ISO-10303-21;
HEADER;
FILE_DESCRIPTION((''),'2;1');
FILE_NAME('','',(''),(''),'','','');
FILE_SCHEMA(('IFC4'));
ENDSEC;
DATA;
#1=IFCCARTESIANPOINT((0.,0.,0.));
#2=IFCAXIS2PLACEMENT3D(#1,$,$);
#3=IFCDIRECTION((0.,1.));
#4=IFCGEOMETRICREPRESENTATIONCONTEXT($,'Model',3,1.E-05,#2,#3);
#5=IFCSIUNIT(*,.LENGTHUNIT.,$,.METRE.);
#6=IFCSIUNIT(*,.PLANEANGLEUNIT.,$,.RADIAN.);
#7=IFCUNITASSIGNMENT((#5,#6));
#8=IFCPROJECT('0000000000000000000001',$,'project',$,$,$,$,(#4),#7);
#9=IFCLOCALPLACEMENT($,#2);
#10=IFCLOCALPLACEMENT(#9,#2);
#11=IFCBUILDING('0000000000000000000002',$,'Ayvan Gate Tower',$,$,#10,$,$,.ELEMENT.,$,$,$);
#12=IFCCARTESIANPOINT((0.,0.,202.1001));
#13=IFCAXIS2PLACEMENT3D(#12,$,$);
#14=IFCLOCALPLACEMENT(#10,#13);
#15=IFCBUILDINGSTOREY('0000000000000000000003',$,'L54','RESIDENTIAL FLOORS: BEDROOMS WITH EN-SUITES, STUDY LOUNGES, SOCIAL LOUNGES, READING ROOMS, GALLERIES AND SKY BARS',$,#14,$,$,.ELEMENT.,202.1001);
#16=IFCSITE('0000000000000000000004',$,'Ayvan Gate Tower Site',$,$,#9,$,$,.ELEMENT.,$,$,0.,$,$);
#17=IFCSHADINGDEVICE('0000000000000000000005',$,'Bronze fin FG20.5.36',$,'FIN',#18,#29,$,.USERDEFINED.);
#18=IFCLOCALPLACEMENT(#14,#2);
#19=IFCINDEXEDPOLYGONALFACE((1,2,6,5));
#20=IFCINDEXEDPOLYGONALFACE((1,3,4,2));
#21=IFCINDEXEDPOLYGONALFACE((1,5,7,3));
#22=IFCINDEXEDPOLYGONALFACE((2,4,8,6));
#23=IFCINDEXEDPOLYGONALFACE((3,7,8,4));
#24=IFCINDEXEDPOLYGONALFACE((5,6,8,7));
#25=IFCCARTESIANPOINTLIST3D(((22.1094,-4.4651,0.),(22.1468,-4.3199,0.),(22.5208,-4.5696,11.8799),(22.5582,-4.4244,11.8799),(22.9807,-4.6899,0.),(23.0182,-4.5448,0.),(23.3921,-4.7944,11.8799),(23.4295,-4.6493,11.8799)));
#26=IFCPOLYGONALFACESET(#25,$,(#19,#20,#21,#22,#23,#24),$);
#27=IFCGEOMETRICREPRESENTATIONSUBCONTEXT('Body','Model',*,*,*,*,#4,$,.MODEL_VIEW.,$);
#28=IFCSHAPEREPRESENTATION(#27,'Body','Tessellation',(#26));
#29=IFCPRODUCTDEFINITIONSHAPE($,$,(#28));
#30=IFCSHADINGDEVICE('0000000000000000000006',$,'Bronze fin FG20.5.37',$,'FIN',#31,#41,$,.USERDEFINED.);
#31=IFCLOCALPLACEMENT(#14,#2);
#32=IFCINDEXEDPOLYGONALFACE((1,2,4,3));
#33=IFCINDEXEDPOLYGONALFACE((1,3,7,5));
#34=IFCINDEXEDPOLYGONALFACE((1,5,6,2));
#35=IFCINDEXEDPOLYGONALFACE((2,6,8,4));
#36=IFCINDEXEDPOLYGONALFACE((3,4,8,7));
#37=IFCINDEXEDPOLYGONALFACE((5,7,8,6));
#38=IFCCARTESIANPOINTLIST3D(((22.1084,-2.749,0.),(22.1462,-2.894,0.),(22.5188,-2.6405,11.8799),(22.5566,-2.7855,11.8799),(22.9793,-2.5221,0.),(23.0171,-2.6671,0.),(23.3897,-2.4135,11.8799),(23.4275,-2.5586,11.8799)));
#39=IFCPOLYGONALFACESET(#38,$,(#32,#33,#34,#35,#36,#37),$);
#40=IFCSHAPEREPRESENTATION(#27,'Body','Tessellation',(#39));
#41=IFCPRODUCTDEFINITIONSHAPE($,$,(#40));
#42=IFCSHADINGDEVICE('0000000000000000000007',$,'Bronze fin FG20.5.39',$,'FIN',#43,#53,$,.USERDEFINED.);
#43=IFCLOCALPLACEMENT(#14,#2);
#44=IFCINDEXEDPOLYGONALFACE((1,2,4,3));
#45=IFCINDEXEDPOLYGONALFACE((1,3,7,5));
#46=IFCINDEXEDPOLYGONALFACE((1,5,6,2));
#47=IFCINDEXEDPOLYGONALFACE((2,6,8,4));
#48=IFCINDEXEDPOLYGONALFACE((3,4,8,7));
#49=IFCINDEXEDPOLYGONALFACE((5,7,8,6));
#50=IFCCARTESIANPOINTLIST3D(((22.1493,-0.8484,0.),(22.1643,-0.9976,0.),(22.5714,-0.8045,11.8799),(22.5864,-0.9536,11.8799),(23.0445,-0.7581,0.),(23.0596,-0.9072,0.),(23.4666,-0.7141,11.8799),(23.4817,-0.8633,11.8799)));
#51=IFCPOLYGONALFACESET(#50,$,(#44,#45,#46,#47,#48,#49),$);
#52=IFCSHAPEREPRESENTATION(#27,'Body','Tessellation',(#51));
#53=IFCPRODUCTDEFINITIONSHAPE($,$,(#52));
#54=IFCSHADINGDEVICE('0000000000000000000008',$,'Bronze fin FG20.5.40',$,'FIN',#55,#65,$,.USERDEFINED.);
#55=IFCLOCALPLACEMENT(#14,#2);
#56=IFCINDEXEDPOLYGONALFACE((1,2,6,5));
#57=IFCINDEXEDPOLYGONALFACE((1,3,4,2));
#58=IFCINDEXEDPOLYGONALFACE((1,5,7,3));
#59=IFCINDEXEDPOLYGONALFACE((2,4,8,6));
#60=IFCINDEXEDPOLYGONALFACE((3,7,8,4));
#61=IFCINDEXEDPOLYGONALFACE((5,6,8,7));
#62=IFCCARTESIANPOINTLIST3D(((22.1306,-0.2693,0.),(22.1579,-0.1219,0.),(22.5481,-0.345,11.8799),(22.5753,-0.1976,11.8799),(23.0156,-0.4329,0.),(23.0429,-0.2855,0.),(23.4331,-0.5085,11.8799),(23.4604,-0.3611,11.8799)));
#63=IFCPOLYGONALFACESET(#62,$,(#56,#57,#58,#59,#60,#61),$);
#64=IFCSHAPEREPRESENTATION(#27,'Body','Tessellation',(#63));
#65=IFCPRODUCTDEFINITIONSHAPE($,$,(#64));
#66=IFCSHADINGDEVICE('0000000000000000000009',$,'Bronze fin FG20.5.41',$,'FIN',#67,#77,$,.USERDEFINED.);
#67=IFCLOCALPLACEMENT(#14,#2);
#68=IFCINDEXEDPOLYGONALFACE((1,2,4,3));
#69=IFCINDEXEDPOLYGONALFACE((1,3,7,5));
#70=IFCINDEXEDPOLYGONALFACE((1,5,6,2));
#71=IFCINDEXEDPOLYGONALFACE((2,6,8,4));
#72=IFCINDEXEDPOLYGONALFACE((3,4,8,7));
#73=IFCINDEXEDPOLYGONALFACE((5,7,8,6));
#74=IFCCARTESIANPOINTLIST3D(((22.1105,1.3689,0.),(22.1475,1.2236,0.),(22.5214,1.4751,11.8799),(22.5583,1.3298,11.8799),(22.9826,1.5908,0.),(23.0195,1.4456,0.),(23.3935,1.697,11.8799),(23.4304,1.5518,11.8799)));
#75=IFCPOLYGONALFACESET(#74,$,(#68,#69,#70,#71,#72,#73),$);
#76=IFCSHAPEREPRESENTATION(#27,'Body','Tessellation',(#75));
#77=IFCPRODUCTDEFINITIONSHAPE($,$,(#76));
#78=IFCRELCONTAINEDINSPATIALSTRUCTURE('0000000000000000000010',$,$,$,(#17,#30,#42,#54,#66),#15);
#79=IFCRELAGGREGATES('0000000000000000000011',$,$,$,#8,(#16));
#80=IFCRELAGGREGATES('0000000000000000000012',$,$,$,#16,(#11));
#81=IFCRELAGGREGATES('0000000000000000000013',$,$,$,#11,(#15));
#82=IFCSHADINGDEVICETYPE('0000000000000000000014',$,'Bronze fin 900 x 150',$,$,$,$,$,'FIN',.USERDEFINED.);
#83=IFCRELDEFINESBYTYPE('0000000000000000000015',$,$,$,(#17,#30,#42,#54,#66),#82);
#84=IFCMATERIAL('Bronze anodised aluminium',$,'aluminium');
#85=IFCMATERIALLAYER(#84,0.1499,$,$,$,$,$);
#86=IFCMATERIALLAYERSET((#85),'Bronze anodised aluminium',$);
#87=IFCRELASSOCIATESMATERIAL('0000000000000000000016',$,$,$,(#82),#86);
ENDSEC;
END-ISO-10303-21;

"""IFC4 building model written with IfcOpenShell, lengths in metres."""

from ifc_helpers import new_model, si_unit, direction, frame, origin, place, context, subcontext, project, spatial, polyline, outline, extrude, material, layer, layer_set, type_object, element, save


model = new_model("IFC4")

# Units and contexts
model_context = context("Model", 3, precision=1e-05, world=origin(), true_north=direction((0.0, 1.0)))
body_context = subcontext(model_context, "Body", "Model", "MODEL_VIEW")
ifc_project = project(units=[si_unit("LENGTHUNIT", "METRE"), si_unit("PLANEANGLEUNIT", "RADIAN")], contexts=[model_context])

# Site, building, storey
site_placement = place(None, origin())
site = spatial("IfcSite", under=ifc_project, at=site_placement, Name="Ayvan Gate Tower Site", CompositionType="ELEMENT", RefElevation=0.0)
building_placement = place(site_placement, origin())
building = spatial("IfcBuilding", under=site, at=building_placement, Name="Ayvan Gate Tower", CompositionType="ELEMENT")
storey_placement = place(building_placement, frame((0.0, 0.0, 202.1001)))
storey = spatial("IfcBuildingStorey", under=building, at=storey_placement, Name="L54", Description="RESIDENTIAL FLOORS: BEDROOMS WITH EN-SUITES, STUDY LOUNGES, SOCIAL LOUNGES, READING ROOMS, GALLERIES AND SKY BARS", CompositionType="ELEMENT", Elevation=202.1001)

# Shared definitions
ifc_material_1 = material(Name="Bronze anodised aluminium", Category="aluminium")

# Shading devices
ifc_layer_1 = layer(ifc_material_1, 0.1499)
ifc_layer_set_1 = layer_set([ifc_layer_1], Name="Bronze anodised aluminium")
shading_device_type = type_object("IfcShadingDeviceType", Name="Bronze fin 900 x 150", ElementType="FIN", PredefinedType="USERDEFINED", material=ifc_layer_set_1)
shading_device_1_placement = place(storey_placement, frame((22.1094, -4.4651, 0.0), z_axis=(-0.24987, -0.968279, 0.000136), x_axis=(0.968279, -0.24987, 0.0)))
element("IfcShadingDevice", 1, at=shading_device_1_placement, inside=storey, type_object=shading_device_type, Name="Bronze fin FG20.5.36", ObjectType="FIN", PredefinedType="USERDEFINED", context=body_context, shape_type="SweptSolid", body=[
    extrude(outline(polyline([(0.0, 0.0), (0.8999, 0.0), (1.3243, 11.8799), (0.4244, 11.8799), (0.0, 0.0)])), origin(), (0.0, 0.0, -1.0), 0.1499),
])
shading_device_2_placement = place(storey_placement, frame((22.1462, -2.894, 0.0), z_axis=(0.252162, -0.967685, 0.000128), x_axis=(0.967685, 0.252162, 0.0)))
element("IfcShadingDevice", 2, at=shading_device_2_placement, inside=storey, type_object=shading_device_type, Name="Bronze fin FG20.5.37", ObjectType="FIN", PredefinedType="USERDEFINED", context=body_context, shape_type="SweptSolid", body=[
    extrude(outline(polyline([(0.0, 0.0), (0.8999, 0.0), (1.3244, 11.8799), (0.4245, 11.8799), (0.0, 0.0)])), origin(), (0.0, 0.0, -1.0), 0.1499),
])
shading_device_3_placement = place(storey_placement, frame((22.1643, -0.9976, 0.0), z_axis=(0.10039, -0.994948, 0.000113), x_axis=(0.994948, 0.10039, 0.0)))
element("IfcShadingDevice", 3, at=shading_device_3_placement, inside=storey, type_object=shading_device_type, Name="Bronze fin FG20.5.39", ObjectType="FIN", PredefinedType="USERDEFINED", context=body_context, shape_type="SweptSolid", body=[
    extrude(outline(polyline([(0.0, 0.0), (0.8998, 0.0), (1.3242, 11.8799), (0.4244, 11.8799), (0.0, 0.0)])), origin(), (0.0, 0.0, -1.0), 0.1499),
])
shading_device_4_placement = place(storey_placement, frame((22.1306, -0.2693, 0.0), z_axis=(-0.181749, -0.983345, 0.000122), x_axis=(0.983345, -0.181749, 0.0)))
element("IfcShadingDevice", 4, at=shading_device_4_placement, inside=storey, type_object=shading_device_type, Name="Bronze fin FG20.5.40", ObjectType="FIN", PredefinedType="USERDEFINED", context=body_context, shape_type="SweptSolid", body=[
    extrude(outline(polyline([(0.0, 0.0), (0.9, 0.0), (1.3243, 11.8799), (0.4243, 11.8799), (0.0, 0.0)])), origin(), (0.0, 0.0, -1.0), 0.1499),
])
shading_device_5_placement = place(storey_placement, frame((22.1475, 1.2236, 0.0), z_axis=(0.246619, -0.969112, 0.000134), x_axis=(0.969113, 0.246619, 0.0)))
element("IfcShadingDevice", 5, at=shading_device_5_placement, inside=storey, type_object=shading_device_type, Name="Bronze fin FG20.5.41", ObjectType="FIN", PredefinedType="USERDEFINED", context=body_context, shape_type="SweptSolid", body=[
    extrude(outline(polyline([(0.0, 0.0), (0.8999, 0.0), (1.3243, 11.8799), (0.4244, 11.8799), (0.0, 0.0)])), origin(), (0.0, 0.0, -1.0), 0.1499),
])

save(model, "model.ifc")
